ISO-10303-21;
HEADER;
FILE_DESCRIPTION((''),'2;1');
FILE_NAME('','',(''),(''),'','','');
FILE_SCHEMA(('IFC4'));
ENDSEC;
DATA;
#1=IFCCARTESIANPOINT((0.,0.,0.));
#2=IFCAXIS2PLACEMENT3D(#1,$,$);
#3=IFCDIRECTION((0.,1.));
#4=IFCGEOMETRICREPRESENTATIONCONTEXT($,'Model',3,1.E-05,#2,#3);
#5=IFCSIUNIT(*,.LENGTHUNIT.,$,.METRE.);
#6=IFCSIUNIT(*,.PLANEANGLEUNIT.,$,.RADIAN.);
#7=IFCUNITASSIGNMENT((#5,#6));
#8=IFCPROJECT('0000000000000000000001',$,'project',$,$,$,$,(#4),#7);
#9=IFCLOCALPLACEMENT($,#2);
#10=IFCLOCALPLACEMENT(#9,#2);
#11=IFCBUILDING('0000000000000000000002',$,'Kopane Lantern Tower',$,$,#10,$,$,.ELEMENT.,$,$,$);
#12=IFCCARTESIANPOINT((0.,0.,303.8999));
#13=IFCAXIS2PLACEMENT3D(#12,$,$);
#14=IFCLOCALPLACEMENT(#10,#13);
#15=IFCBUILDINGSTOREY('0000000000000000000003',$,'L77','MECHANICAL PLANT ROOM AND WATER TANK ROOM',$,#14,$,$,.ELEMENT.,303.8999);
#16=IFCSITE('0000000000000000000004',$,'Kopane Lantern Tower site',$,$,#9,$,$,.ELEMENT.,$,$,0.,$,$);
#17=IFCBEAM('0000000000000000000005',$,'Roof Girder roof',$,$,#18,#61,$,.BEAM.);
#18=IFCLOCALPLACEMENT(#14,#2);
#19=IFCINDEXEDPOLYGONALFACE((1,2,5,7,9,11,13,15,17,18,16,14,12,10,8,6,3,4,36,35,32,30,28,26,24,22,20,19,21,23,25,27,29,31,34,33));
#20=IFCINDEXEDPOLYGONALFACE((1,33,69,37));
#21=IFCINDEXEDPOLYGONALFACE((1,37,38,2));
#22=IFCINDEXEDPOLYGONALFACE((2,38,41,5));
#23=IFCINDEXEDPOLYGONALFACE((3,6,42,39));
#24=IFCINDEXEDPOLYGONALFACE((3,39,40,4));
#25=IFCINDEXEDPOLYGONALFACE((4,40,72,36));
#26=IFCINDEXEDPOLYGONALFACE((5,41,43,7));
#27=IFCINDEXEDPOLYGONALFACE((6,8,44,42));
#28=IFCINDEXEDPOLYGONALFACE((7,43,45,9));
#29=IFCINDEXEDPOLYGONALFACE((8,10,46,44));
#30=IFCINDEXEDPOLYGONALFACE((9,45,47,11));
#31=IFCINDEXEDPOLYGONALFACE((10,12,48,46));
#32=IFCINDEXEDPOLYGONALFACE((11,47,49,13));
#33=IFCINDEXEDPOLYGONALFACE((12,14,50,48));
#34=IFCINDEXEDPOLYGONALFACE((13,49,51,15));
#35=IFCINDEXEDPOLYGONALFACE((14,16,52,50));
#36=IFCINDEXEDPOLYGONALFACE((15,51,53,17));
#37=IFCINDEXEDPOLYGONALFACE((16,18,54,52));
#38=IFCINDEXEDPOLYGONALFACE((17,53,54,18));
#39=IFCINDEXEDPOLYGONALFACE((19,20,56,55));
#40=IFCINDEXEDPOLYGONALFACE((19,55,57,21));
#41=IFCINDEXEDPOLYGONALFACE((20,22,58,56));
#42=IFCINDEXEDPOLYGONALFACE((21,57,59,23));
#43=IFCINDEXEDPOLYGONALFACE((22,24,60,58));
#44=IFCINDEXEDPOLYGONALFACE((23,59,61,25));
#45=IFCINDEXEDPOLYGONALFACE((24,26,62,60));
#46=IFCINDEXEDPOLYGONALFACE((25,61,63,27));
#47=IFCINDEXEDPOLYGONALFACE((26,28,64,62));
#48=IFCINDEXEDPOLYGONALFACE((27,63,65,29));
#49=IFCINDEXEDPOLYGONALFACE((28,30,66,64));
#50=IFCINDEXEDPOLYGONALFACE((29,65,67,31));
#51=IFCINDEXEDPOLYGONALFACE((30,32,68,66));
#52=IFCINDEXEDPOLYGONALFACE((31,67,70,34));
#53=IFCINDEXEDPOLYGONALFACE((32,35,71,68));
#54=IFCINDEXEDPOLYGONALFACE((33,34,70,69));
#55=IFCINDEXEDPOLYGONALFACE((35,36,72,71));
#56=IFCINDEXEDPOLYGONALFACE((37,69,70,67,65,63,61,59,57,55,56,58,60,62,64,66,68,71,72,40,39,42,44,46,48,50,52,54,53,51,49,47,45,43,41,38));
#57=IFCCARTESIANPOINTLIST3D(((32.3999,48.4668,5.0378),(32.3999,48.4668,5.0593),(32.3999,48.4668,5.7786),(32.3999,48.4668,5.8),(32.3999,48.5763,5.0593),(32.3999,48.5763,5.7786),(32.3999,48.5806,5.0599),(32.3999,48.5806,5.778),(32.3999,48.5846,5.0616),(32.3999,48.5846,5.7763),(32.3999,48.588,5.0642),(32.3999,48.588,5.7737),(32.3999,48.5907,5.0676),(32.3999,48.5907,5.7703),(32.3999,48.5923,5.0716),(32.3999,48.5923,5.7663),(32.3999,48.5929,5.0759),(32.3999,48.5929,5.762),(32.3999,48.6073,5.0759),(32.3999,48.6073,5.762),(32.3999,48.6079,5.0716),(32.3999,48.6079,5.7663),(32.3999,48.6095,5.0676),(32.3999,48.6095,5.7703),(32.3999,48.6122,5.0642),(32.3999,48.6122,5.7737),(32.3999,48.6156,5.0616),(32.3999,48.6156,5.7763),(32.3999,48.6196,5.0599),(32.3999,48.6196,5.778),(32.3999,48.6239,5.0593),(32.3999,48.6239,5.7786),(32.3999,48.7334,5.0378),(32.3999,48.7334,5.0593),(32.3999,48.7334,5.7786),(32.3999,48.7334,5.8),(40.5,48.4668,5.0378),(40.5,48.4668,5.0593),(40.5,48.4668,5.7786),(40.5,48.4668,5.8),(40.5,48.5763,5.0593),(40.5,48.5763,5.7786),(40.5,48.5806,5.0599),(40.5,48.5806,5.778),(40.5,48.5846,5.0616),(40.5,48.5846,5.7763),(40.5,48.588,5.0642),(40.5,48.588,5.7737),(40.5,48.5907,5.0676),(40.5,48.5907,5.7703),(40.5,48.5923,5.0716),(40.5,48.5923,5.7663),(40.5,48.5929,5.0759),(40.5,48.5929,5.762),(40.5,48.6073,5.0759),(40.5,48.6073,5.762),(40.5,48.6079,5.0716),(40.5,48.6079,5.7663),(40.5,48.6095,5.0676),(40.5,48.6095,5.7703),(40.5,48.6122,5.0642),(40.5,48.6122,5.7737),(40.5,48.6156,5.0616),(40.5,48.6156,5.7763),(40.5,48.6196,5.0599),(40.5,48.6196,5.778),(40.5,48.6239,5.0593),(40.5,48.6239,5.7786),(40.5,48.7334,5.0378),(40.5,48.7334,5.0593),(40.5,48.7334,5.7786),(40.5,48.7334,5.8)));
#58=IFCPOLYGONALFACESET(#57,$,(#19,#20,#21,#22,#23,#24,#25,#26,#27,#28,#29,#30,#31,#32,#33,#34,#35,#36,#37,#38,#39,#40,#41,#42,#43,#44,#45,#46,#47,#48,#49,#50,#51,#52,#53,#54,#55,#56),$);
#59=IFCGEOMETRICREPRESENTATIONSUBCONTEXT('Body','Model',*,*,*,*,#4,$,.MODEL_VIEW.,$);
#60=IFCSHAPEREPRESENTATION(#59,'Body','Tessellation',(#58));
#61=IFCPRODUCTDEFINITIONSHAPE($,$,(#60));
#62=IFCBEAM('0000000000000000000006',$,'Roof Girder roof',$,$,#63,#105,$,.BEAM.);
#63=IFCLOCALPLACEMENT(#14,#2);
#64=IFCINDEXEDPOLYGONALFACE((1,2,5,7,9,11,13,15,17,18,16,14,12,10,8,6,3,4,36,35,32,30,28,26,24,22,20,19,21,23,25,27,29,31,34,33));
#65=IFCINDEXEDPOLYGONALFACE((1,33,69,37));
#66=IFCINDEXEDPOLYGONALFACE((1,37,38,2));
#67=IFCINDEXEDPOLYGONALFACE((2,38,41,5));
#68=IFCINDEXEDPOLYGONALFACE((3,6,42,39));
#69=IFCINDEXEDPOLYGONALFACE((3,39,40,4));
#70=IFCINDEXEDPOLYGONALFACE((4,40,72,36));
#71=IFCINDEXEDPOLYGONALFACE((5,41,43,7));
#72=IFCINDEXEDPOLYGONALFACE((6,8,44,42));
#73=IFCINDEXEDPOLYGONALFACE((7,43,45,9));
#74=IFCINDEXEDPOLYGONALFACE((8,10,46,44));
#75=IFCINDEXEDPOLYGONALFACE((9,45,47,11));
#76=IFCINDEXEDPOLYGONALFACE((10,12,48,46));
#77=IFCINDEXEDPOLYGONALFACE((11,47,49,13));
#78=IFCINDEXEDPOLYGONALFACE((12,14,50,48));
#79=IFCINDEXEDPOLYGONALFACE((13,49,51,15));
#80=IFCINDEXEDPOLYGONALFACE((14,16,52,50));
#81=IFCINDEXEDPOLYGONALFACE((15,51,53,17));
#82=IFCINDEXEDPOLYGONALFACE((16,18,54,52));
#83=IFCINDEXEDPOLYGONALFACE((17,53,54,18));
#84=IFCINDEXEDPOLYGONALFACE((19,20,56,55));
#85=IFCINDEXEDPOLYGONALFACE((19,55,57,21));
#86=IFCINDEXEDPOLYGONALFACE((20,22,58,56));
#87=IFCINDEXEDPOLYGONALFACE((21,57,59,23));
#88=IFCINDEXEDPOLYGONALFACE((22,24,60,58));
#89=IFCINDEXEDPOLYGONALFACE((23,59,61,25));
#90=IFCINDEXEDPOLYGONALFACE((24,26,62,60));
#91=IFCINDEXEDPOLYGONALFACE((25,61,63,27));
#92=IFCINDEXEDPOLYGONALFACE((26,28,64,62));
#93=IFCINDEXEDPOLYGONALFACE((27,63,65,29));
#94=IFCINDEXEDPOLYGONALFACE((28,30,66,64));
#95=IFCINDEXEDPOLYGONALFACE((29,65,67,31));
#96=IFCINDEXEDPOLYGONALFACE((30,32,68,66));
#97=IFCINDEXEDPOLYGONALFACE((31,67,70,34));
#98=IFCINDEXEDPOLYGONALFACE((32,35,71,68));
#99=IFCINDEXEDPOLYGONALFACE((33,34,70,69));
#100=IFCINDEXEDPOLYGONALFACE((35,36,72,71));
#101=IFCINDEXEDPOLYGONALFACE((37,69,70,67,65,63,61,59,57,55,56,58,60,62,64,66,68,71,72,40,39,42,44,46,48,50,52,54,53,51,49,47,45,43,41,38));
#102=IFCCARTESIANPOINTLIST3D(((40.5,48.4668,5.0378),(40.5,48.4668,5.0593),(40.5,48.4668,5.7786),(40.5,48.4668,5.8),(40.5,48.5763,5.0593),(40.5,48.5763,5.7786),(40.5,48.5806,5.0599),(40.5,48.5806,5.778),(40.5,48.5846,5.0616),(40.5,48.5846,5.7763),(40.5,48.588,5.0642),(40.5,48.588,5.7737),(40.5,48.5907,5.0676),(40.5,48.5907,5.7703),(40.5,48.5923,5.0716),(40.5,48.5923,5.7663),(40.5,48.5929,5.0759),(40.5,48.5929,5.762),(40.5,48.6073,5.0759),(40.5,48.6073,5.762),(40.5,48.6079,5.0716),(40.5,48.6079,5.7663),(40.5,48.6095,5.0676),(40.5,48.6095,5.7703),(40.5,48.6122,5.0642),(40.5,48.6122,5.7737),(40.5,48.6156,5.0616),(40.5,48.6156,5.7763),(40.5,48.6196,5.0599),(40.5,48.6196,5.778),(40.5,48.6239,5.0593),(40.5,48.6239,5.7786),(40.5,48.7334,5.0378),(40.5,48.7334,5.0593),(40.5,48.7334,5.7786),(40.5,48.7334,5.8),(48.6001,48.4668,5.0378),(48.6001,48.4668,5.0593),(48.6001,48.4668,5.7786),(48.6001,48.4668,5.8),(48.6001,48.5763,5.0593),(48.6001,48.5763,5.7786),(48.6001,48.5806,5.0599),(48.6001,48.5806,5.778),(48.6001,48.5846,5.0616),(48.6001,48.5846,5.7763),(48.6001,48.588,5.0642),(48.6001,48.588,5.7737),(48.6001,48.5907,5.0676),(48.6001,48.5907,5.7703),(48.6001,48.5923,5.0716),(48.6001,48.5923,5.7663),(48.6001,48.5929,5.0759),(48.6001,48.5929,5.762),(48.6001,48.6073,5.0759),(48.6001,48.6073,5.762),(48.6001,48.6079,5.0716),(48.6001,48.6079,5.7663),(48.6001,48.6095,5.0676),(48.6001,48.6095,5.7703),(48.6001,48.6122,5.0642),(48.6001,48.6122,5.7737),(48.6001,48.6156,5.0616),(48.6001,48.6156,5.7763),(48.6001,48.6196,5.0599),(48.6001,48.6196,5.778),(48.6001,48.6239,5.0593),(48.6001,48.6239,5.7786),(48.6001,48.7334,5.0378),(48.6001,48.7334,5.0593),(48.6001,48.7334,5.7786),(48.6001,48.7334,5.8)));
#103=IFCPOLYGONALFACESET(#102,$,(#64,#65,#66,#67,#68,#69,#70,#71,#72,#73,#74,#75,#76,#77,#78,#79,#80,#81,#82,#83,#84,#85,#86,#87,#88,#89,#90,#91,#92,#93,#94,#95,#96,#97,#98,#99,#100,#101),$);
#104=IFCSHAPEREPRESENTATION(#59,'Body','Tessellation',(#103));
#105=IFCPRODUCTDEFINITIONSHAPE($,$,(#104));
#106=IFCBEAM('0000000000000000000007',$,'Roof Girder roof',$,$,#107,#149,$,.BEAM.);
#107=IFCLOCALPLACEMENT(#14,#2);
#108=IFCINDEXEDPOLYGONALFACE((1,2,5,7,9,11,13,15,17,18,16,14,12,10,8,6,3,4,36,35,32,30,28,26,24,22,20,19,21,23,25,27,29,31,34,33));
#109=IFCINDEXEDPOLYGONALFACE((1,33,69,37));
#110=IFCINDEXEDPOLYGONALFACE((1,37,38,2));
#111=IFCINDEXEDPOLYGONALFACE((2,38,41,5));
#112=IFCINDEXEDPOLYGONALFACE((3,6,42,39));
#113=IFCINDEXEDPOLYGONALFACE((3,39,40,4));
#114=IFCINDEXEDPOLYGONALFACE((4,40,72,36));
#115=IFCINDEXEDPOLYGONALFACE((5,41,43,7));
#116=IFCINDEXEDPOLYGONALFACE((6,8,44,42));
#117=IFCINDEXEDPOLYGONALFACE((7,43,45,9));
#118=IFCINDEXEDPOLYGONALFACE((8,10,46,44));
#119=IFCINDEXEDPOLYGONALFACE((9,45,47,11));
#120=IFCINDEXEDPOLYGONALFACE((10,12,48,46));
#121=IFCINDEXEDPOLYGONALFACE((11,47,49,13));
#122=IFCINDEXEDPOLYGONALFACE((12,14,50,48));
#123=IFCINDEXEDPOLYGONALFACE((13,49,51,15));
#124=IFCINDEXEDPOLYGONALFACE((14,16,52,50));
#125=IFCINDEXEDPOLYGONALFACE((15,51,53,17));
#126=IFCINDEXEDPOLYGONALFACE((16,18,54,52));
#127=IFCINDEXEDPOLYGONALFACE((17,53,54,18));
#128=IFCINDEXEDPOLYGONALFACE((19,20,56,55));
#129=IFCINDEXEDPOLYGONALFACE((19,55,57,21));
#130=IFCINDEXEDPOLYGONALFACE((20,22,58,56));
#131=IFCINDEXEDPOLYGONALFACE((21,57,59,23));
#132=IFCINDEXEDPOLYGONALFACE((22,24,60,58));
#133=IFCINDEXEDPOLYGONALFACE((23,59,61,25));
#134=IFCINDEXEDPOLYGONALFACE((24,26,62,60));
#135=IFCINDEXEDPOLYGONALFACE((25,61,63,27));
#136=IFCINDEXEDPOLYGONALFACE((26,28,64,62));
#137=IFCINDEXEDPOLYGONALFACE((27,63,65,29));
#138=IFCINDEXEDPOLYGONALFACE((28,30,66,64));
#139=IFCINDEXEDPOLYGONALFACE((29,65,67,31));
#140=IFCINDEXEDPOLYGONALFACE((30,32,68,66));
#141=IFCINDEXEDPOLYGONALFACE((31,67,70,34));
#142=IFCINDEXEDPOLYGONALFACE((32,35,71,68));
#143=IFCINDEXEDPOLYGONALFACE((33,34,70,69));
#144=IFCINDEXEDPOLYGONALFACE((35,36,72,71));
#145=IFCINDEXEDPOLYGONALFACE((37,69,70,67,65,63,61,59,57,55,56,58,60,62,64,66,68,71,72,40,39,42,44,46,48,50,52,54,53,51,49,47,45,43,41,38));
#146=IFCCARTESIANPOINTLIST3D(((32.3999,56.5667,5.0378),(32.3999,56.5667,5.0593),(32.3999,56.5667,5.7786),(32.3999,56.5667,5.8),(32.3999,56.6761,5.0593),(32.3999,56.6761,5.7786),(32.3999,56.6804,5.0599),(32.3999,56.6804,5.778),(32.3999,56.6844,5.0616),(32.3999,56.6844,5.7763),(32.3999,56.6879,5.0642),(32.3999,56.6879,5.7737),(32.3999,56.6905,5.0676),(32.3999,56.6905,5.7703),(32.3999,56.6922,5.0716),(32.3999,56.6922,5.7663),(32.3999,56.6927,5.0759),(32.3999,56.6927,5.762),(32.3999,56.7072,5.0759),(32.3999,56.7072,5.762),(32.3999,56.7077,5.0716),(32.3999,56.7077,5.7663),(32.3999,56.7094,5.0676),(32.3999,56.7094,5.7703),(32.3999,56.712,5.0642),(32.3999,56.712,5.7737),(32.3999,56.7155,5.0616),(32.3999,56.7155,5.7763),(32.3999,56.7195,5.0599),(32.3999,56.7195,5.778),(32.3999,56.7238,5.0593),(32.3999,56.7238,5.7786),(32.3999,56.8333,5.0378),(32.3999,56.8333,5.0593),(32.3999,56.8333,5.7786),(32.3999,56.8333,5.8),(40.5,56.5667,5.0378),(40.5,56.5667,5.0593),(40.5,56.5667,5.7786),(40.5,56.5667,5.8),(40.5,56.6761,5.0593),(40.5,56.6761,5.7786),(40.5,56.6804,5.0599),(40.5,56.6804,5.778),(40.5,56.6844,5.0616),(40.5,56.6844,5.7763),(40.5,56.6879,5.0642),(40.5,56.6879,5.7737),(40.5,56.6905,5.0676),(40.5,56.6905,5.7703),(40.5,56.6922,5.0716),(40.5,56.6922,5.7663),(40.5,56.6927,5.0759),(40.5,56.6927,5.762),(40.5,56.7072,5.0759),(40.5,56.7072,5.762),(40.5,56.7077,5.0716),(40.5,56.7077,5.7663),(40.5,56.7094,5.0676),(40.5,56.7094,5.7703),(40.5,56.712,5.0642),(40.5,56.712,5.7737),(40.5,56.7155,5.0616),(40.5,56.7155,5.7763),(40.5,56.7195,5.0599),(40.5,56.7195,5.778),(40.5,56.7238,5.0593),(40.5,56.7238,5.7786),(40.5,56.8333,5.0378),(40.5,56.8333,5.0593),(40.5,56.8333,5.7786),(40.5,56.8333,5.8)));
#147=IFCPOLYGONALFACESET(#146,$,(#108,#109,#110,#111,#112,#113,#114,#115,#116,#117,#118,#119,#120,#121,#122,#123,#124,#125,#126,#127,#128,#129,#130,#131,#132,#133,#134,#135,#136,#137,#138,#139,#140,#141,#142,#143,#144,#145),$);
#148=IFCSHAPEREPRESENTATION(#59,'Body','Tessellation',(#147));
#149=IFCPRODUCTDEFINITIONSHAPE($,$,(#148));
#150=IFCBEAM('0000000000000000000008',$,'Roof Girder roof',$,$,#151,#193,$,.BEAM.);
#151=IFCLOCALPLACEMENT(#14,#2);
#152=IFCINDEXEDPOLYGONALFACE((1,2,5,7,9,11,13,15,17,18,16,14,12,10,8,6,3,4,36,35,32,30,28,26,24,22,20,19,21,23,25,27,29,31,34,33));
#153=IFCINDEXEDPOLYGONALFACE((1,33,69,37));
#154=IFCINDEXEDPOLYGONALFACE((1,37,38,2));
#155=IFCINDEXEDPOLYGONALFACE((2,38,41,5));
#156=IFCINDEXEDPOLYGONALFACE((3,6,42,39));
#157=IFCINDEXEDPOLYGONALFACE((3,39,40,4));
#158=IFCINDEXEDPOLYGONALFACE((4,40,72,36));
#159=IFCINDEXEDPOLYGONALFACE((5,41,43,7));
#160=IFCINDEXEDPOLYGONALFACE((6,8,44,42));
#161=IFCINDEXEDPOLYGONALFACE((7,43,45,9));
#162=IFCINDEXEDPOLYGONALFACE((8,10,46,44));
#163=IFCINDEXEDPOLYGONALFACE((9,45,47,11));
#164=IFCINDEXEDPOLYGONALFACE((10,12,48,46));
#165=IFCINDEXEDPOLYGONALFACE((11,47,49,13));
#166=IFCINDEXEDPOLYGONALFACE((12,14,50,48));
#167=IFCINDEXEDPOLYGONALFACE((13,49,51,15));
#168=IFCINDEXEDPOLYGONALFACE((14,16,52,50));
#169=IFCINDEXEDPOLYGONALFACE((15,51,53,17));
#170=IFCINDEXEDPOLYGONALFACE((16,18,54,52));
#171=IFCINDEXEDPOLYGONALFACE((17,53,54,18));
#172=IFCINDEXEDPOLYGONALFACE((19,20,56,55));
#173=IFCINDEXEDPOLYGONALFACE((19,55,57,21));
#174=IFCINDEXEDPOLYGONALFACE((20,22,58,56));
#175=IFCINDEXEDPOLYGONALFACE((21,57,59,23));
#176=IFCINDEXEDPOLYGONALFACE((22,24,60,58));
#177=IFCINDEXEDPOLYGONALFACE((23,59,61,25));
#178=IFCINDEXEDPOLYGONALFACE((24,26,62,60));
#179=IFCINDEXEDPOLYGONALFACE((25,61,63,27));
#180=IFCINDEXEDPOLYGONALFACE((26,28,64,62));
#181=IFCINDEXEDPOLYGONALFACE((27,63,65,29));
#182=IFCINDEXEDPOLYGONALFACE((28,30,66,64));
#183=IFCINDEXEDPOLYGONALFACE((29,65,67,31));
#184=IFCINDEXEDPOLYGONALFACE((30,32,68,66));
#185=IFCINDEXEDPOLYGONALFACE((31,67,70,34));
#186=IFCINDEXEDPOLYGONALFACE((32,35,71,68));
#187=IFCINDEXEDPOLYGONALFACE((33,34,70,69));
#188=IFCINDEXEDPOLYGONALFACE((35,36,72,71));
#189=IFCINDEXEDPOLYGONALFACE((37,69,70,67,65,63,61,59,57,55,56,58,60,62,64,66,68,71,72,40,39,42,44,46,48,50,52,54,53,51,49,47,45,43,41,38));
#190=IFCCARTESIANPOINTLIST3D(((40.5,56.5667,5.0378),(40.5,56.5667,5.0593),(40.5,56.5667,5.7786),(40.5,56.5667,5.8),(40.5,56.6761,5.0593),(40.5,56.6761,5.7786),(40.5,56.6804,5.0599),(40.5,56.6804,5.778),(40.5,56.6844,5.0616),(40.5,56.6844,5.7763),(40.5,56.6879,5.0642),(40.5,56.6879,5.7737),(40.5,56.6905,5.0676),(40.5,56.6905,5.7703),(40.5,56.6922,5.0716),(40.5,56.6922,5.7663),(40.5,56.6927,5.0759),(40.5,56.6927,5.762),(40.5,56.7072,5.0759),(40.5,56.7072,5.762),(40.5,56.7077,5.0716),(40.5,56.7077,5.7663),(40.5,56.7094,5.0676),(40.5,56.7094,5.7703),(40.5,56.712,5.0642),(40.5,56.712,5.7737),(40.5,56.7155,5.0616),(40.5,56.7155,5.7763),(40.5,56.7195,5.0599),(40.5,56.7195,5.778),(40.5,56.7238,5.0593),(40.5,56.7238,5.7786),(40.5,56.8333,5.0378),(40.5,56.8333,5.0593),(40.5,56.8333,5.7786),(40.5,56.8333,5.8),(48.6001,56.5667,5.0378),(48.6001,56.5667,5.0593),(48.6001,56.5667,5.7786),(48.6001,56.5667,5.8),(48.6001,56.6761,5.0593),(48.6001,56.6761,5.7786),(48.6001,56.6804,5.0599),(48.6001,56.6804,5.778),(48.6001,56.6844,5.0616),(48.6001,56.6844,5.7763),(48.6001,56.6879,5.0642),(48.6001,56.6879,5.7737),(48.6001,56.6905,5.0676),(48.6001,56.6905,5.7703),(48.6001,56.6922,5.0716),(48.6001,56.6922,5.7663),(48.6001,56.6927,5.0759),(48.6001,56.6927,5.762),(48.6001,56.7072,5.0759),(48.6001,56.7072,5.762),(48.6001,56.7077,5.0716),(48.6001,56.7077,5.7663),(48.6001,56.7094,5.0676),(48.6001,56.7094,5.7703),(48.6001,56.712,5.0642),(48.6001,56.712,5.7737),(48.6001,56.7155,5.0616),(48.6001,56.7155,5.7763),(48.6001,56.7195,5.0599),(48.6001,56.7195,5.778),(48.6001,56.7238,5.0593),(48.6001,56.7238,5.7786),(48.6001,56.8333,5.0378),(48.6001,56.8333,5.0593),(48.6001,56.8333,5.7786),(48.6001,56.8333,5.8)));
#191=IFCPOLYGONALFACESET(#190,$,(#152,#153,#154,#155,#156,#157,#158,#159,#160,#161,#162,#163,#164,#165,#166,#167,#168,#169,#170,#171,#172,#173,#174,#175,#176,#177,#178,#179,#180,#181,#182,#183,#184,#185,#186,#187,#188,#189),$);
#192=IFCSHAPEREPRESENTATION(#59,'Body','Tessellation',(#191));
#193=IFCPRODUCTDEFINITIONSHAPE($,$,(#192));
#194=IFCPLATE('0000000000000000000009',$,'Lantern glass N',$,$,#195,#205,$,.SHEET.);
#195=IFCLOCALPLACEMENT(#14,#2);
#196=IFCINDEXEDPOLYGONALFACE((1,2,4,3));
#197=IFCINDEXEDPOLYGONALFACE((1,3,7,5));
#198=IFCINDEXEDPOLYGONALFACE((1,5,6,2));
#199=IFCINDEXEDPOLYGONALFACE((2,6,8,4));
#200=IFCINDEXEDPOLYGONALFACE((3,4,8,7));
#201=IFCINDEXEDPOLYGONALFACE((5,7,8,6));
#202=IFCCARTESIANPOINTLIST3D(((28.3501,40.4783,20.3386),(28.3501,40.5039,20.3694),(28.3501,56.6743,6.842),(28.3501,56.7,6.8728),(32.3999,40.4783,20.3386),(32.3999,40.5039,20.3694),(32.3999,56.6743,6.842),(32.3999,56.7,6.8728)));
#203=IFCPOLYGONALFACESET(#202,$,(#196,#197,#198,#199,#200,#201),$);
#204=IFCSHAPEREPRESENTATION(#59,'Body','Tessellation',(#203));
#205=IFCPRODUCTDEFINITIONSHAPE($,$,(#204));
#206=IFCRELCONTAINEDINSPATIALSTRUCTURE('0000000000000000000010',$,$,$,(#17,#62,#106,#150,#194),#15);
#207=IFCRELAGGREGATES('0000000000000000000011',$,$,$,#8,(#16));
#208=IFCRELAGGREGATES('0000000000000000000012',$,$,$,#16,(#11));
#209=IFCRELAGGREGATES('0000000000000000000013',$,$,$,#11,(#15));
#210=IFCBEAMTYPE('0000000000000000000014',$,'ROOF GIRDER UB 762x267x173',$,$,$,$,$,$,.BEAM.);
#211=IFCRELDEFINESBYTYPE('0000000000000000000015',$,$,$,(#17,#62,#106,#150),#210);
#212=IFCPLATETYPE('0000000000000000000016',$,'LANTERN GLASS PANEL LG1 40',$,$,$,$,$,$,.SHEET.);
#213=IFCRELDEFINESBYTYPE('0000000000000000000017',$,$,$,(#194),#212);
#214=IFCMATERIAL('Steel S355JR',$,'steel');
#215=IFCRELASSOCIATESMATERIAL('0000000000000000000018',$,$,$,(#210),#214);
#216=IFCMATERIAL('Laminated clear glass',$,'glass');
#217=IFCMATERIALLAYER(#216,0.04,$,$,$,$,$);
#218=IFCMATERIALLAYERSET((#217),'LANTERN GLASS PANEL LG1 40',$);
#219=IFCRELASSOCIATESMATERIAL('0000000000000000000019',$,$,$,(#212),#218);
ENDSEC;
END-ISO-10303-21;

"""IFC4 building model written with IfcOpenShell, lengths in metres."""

from ifc_helpers import new_model, si_unit, direction, frame, origin, origin_2d, place, context, subcontext, project, spatial, polyline, i_section, outline, extrude, material, layer, layer_set, material_profile, profile_set, type_object, element, save


model = new_model("IFC4")

# Units and contexts
model_context = context("Model", 3, precision=1e-05, world=origin(), true_north=direction((0.0, 1.0)))
body_context = subcontext(model_context, "Body", "Model", "MODEL_VIEW")
ifc_project = project(units=[si_unit("LENGTHUNIT", "METRE"), si_unit("PLANEANGLEUNIT", "RADIAN")], contexts=[model_context])

# Site, building, storey
site_placement = place(None, origin())
site = spatial("IfcSite", under=ifc_project, at=site_placement, Name="Kopane Lantern Tower site", CompositionType="ELEMENT", RefElevation=0.0)
building_placement = place(site_placement, origin())
building = spatial("IfcBuilding", under=site, at=building_placement, Name="Kopane Lantern Tower", CompositionType="ELEMENT")
storey_placement = place(building_placement, frame((0.0, 0.0, 303.8999)))
storey = spatial("IfcBuildingStorey", under=building, at=storey_placement, Name="L77", Description="MECHANICAL PLANT ROOM AND WATER TANK ROOM", CompositionType="ELEMENT", Elevation=303.8999)

# Beams
ifc_material_1 = material(Name="Steel S355JR", Category="steel")
ifc_material_profile_1 = material_profile(ifc_material_1, i_section(OverallWidth=0.2666, OverallDepth=0.7622, WebThickness=0.0144, FlangeThickness=0.0215, FilletRadius=0.0166, at=origin_2d()), Name="UB 762x267x173")
ifc_profile_set_1 = profile_set([ifc_material_profile_1], Name="Steel S355JR")
beam_type_1 = type_object("IfcBeamType", Name="ROOF GIRDER UB 762x267x173", PredefinedType="BEAM", material=ifc_profile_set_1)
for number, where, z_axis, x_axis, name in (
    (1, (32.3999, 48.6001, 5.4189), (1.0, 0.0, 0.0), (0.0, 1.0, 0.0), "Roof Girder roof"),
    (2, (40.5, 48.6001, 5.4189), (1.0, 0.0, 0.0), (0.0, 1.0, 0.0), "Roof Girder roof"),
    (3, (32.3999, 56.7, 5.4189), (1.0, 0.0, 0.0), (0.0, 1.0, 0.0), "Roof Girder roof"),
    (4, (40.5, 56.7, 5.4189), (1.0, 0.0, 0.0), (0.0, 1.0, 0.0), "Roof Girder roof"),
):
    element("IfcBeam", number, at=place(storey_placement, frame(where, z_axis=z_axis, x_axis=x_axis)), inside=storey, type_object=beam_type_1, Name=name, PredefinedType="BEAM", context=body_context, shape_type="SweptSolid", body=[
        extrude(i_section(OverallWidth=0.2666, OverallDepth=0.7622, WebThickness=0.0144, FlangeThickness=0.0215, FilletRadius=0.0166, at=origin_2d()), origin(), (0.0, 0.0, 1.0), 8.1001),
    ])

# Plate
ifc_material_2 = material(Name="Laminated clear glass", Category="glass")
ifc_layer_1 = layer(ifc_material_2, 0.04)
ifc_layer_set_1 = layer_set([ifc_layer_1], Name="LANTERN GLASS PANEL LG1 40")
plate_type = type_object("IfcPlateType", Name="LANTERN GLASS PANEL LG1 40", PredefinedType="SHEET", material=ifc_layer_set_1)
plate_placement = place(storey_placement, frame((28.3501, 40.5039, 20.3694), z_axis=(0.0, 0.640181, 0.768224), x_axis=(1.0, 0.0, 0.0)))
element("IfcPlate", 5, at=plate_placement, inside=storey, type_object=plate_type, Name="Lantern glass N", PredefinedType="SHEET", context=body_context, shape_type="SweptSolid", body=[
    extrude(outline(polyline([(0.0, 0.0), (4.0498, 0.0), (4.0498, 21.0824), (0.0, 21.0824), (0.0, 0.0)])), origin(), (0.0, 0.0, -1.0), 0.04),
])

save(model, "model.ifc")
